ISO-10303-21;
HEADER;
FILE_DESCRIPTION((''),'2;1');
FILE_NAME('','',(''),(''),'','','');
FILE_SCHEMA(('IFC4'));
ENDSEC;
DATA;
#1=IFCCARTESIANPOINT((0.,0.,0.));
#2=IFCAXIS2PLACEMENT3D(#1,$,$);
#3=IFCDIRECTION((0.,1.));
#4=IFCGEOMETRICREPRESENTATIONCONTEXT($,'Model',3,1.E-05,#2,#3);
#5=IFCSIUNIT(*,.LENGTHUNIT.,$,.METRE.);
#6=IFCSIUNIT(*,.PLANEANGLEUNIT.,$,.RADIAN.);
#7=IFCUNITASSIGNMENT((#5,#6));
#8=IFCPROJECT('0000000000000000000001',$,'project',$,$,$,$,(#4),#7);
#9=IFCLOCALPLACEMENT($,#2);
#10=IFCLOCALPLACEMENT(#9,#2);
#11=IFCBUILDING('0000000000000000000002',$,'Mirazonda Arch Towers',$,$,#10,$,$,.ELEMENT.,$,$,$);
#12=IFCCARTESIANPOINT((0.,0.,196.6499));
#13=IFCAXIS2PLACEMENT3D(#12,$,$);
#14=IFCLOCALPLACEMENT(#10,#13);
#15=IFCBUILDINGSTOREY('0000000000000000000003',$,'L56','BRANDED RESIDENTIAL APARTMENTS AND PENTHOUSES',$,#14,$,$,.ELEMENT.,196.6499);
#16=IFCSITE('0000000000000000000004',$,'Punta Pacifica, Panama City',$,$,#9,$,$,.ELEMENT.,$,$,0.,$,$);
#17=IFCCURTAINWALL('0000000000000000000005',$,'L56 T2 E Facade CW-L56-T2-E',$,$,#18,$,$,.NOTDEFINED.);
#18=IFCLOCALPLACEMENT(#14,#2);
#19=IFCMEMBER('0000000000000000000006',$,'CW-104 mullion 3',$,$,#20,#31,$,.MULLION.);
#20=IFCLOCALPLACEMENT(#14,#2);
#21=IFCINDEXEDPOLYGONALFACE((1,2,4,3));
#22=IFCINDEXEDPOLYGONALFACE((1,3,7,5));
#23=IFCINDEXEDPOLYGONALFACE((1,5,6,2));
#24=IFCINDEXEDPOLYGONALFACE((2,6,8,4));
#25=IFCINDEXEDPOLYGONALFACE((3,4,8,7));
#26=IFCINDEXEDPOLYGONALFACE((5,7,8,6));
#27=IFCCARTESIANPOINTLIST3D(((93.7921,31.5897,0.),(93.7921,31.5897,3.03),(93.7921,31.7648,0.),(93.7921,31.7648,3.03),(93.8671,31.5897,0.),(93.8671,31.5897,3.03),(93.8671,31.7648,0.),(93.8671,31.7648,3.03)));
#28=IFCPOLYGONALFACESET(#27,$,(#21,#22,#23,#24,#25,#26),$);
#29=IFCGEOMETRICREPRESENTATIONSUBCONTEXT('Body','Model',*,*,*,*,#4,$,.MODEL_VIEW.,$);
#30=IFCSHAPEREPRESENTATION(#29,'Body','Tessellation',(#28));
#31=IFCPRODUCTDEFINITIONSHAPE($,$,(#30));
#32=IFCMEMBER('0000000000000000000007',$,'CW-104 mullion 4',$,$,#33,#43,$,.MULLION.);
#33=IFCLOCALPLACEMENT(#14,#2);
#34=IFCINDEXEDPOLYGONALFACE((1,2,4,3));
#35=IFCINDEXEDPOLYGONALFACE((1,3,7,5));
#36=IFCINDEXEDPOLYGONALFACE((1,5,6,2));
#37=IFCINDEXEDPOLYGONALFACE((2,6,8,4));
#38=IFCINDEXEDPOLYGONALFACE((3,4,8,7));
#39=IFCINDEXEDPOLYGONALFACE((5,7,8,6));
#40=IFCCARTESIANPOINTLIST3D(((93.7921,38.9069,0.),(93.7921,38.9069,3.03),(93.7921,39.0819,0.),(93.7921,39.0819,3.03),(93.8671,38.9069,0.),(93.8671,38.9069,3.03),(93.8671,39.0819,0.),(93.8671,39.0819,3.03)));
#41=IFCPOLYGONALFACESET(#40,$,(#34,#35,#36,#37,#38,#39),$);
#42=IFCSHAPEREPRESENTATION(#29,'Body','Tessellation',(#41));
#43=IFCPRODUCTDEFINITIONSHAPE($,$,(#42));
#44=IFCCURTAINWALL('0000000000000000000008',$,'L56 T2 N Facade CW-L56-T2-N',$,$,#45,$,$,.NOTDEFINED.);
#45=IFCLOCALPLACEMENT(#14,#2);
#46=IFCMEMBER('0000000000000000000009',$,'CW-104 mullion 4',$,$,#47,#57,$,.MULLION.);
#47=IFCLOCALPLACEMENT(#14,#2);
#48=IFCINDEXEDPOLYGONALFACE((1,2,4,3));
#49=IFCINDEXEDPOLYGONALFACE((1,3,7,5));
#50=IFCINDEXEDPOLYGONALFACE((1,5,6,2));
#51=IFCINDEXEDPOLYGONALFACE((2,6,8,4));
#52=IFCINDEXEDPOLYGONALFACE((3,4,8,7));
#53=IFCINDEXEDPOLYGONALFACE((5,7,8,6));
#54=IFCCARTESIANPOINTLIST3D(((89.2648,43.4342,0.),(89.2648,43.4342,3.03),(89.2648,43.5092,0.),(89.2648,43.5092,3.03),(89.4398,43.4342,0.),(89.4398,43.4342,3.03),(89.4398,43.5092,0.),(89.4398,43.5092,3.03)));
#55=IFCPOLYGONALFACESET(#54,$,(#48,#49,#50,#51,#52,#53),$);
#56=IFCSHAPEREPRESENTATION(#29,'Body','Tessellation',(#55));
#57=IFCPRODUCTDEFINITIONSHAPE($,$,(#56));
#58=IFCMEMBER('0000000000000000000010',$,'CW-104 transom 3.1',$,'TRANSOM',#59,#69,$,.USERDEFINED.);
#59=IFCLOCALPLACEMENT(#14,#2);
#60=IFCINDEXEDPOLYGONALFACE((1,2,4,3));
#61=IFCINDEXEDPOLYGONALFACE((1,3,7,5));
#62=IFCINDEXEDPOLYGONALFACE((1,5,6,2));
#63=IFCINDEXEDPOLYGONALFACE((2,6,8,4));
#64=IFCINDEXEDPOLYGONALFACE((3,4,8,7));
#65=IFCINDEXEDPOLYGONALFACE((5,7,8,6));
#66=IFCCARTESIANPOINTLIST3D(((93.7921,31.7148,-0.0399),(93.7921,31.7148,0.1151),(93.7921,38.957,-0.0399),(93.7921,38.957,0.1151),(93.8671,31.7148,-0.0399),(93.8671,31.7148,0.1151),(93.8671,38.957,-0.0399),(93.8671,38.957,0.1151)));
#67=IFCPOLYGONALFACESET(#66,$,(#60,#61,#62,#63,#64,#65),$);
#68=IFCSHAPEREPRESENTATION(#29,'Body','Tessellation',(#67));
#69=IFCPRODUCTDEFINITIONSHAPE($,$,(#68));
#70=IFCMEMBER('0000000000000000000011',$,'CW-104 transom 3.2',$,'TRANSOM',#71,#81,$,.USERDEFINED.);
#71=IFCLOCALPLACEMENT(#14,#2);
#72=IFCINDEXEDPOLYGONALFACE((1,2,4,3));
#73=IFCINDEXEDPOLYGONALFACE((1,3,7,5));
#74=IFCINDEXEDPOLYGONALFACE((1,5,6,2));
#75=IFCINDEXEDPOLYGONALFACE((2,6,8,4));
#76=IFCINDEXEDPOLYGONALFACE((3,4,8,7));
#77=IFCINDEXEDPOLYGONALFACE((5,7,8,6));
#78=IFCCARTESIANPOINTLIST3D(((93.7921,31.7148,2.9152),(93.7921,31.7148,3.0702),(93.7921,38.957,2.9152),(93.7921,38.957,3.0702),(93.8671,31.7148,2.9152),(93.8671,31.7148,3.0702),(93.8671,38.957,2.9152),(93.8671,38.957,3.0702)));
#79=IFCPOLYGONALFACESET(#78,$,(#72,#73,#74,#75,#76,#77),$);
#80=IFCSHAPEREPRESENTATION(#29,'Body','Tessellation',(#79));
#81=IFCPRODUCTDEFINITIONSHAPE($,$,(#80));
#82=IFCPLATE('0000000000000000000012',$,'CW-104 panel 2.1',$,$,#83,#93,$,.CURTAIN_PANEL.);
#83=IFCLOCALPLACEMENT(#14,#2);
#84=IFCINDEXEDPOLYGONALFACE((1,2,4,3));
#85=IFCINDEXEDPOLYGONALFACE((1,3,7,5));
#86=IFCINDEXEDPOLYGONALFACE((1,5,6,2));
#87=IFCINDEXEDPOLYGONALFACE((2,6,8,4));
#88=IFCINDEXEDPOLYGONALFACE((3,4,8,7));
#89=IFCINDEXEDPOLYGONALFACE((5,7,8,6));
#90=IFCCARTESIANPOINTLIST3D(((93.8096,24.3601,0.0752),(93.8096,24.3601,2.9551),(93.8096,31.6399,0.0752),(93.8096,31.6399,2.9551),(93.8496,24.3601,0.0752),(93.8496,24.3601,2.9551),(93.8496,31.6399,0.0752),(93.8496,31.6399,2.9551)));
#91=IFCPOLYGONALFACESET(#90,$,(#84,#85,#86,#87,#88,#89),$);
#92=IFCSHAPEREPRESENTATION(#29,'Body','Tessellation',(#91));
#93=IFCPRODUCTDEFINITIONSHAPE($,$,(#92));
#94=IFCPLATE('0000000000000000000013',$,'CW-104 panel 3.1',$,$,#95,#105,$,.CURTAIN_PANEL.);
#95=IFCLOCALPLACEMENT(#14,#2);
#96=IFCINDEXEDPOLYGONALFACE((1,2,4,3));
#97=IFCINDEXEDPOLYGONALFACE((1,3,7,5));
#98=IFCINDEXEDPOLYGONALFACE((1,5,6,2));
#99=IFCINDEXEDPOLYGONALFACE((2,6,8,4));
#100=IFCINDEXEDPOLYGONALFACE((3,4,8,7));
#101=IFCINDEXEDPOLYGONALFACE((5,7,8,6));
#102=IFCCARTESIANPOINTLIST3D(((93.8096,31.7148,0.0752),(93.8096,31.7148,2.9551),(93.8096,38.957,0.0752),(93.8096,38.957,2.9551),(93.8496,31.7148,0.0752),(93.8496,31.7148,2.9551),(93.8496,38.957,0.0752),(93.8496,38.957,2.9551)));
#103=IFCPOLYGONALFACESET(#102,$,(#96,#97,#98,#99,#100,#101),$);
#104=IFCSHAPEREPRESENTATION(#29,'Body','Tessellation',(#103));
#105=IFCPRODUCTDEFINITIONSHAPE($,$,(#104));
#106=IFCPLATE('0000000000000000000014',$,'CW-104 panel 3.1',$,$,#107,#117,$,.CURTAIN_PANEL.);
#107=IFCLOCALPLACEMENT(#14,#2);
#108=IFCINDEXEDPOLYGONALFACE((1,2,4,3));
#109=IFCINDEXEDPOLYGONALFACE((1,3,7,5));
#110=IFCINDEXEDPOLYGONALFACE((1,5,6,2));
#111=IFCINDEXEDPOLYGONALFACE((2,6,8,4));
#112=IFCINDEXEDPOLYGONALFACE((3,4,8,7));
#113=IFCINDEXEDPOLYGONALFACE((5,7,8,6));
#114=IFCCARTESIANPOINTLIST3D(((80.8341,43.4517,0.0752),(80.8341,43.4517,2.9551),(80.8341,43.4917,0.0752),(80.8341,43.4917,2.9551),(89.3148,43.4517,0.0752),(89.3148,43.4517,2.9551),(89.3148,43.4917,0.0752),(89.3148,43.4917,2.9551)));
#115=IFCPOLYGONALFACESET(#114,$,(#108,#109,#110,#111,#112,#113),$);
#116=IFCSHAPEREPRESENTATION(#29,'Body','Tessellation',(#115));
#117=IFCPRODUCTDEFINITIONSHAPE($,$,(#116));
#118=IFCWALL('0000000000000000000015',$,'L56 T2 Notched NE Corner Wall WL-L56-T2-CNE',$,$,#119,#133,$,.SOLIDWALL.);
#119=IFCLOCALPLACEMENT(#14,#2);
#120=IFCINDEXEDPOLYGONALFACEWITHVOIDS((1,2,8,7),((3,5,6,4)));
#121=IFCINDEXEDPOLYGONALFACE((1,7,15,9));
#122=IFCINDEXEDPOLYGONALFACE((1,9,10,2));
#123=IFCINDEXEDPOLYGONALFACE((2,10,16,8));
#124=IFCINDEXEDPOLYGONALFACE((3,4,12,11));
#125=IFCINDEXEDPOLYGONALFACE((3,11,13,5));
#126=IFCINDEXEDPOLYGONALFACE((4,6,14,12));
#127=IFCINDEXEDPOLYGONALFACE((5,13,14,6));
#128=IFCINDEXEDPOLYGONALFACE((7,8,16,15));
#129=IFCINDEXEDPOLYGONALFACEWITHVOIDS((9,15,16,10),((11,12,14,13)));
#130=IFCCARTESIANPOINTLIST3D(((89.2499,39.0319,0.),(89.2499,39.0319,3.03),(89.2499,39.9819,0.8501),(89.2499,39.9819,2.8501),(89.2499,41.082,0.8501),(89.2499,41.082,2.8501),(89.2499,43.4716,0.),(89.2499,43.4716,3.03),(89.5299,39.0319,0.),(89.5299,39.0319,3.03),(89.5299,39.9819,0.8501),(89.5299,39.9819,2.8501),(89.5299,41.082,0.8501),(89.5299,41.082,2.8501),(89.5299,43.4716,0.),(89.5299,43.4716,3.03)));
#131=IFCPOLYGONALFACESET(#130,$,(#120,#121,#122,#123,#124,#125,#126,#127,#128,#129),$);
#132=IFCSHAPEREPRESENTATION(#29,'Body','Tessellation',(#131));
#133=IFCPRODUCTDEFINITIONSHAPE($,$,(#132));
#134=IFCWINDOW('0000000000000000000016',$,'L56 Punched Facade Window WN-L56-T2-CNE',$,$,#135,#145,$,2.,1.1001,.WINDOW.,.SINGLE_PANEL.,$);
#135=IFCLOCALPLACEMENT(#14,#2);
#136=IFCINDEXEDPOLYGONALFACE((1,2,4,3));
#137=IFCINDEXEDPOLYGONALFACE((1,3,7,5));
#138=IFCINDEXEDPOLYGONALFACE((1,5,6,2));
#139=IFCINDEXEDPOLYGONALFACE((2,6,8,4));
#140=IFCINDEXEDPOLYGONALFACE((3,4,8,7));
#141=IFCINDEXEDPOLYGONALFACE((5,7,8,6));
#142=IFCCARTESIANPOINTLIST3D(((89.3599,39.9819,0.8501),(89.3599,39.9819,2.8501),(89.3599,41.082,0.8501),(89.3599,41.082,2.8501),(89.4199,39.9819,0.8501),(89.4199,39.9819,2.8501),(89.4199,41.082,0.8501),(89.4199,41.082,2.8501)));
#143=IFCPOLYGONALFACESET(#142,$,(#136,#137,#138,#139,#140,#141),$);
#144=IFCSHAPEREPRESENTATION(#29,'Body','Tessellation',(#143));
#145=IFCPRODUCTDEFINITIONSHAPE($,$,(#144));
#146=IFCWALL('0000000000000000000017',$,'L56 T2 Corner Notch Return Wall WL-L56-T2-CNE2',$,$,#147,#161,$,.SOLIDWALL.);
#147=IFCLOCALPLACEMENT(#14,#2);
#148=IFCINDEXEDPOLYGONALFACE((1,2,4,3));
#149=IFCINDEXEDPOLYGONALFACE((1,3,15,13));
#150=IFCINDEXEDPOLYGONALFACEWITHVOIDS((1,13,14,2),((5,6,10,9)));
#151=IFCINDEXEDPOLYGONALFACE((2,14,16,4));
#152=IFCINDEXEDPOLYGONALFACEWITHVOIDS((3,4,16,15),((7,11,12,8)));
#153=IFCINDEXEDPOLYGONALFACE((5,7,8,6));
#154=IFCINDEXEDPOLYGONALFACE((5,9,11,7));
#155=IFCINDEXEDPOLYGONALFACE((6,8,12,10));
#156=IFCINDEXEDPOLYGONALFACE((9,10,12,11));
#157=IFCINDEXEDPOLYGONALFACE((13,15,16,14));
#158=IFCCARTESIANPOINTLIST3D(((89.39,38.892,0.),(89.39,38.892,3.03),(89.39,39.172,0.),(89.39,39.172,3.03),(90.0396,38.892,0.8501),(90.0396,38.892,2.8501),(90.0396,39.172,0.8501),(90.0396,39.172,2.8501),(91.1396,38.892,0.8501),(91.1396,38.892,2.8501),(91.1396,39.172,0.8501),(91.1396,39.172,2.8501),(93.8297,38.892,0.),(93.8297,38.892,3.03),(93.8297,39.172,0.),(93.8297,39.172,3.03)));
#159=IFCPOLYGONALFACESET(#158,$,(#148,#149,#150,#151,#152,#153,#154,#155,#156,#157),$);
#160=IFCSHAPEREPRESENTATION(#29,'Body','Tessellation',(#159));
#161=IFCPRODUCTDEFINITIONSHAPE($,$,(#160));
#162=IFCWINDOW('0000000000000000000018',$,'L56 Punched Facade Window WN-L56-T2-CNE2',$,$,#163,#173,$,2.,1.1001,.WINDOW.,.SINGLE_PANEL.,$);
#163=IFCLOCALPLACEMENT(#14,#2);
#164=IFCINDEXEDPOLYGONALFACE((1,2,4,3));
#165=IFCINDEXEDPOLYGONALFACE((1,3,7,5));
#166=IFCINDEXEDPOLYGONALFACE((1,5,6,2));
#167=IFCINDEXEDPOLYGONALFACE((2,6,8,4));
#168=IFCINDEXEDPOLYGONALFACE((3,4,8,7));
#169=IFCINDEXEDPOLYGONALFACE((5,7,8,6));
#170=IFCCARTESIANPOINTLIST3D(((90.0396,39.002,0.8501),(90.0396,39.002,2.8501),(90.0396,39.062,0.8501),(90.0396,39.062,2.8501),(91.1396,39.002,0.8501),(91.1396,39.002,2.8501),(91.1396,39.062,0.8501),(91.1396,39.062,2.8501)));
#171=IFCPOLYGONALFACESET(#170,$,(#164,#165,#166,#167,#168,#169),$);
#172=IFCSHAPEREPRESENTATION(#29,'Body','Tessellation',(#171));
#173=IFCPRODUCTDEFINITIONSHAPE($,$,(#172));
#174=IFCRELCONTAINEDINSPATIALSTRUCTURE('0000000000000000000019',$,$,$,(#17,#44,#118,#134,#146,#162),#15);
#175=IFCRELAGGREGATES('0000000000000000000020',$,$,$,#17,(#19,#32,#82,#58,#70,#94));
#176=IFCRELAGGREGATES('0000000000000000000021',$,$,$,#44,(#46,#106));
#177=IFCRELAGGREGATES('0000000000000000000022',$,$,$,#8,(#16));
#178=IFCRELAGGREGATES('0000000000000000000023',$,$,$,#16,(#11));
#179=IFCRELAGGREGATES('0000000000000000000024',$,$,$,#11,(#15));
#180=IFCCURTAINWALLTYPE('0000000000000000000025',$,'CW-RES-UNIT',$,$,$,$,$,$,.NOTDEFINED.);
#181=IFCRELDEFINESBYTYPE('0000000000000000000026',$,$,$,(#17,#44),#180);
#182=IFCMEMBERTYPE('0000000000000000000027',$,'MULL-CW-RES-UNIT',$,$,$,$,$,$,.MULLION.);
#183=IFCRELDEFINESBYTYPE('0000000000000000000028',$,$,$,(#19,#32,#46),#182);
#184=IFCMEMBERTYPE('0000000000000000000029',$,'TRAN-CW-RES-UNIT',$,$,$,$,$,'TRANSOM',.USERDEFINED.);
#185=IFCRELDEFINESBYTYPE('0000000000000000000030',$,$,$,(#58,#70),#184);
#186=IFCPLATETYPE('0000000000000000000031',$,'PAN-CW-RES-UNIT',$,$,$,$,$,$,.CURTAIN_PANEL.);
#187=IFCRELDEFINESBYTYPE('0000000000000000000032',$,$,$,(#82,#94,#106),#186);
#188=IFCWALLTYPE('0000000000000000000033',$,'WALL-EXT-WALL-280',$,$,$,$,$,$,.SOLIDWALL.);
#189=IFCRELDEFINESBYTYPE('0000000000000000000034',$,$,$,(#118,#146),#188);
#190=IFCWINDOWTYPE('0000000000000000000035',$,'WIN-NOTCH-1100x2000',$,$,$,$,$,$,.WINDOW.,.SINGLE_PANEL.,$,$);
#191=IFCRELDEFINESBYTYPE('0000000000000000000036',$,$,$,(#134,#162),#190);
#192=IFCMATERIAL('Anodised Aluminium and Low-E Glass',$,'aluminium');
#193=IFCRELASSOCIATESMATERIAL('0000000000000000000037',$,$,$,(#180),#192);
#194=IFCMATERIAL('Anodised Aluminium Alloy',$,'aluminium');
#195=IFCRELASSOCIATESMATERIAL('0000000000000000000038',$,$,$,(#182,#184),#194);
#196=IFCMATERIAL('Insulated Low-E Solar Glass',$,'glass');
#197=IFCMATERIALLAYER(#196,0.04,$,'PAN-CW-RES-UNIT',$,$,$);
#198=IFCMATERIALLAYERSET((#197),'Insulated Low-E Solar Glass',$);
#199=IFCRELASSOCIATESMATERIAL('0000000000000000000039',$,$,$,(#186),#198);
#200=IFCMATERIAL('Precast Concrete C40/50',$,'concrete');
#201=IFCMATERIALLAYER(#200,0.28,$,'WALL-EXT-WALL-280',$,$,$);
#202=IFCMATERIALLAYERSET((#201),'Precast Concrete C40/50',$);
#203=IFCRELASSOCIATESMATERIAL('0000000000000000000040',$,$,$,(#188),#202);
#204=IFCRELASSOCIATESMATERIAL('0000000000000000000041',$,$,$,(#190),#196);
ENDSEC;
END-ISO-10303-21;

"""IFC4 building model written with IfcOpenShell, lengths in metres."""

from ifc_helpers import new_model, si_unit, direction, frame, frame_2d, origin, origin_2d, place, context, subcontext, project, spatial, rectangle, extrude, material, layer, layer_set, material_profile, profile_set, type_object, element, fill, aggregate, save


model = new_model("IFC4")

# Units and contexts
model_context = context("Model", 3, precision=1e-05, world=origin(), true_north=direction((0.0, 1.0)))
body_context = subcontext(model_context, "Body", "Model", "MODEL_VIEW")
ifc_project = project(units=[si_unit("LENGTHUNIT", "METRE"), si_unit("PLANEANGLEUNIT", "RADIAN")], contexts=[model_context])

# Site, building, storey
site_placement = place(None, origin())
site = spatial("IfcSite", under=ifc_project, at=site_placement, Name="Punta Pacifica, Panama City", CompositionType="ELEMENT", RefElevation=0.0)
building_placement = place(site_placement, origin())
building = spatial("IfcBuilding", under=site, at=building_placement, Name="Mirazonda Arch Towers", CompositionType="ELEMENT")
storey_placement = place(building_placement, frame((0.0, 0.0, 196.6499)))
storey = spatial("IfcBuildingStorey", under=building, at=storey_placement, Name="L56", Description="BRANDED RESIDENTIAL APARTMENTS AND PENTHOUSES", CompositionType="ELEMENT", Elevation=196.6499)

# Curtain wall, members
ifc_material_1 = material(Name="Anodised Aluminium and Low-E Glass", Category="aluminium")
curtain_wall_type = type_object("IfcCurtainWallType", Name="CW-RES-UNIT", PredefinedType="NOTDEFINED", material=ifc_material_1)
curtain_wall_1_placement = place(storey_placement, origin())
curtain_wall_1 = element("IfcCurtainWall", 1, at=curtain_wall_1_placement, inside=storey, type_object=curtain_wall_type, Name="L56 T2 E Facade CW-L56-T2-E", PredefinedType="NOTDEFINED")
ifc_material_2 = material(Name="Anodised Aluminium Alloy", Category="aluminium")
ifc_material_profile_1 = material_profile(ifc_material_2, rectangle(XDim=0.075, YDim=0.175, at=origin_2d()), Name="ALU-MULL-75x175")
ifc_profile_set_1 = profile_set([ifc_material_profile_1], Name="Anodised Aluminium Alloy")
member_type_1 = type_object("IfcMemberType", Name="MULL-CW-RES-UNIT", PredefinedType="MULLION", material=ifc_profile_set_1)
member_1_placement = place(storey_placement, frame((93.8296, 31.6772, 0.0), z_axis=(0.0, 0.0, 1.0), x_axis=(-1.0, 0.0, 0.0)))
member_1 = element("IfcMember", 2, at=member_1_placement, type_object=member_type_1, Name="CW-104 mullion 3", PredefinedType="MULLION", context=body_context, shape_type="SweptSolid", body=[
    extrude(rectangle(XDim=0.075, YDim=0.175, at=origin_2d()), origin(), (0.0, 0.0, 1.0), 3.03),
])
member_2_placement = place(storey_placement, frame((93.8296, 38.9944, 0.0), z_axis=(0.0, 0.0, 1.0), x_axis=(-1.0, 0.0, 0.0)))
member_2 = element("IfcMember", 3, at=member_2_placement, type_object=member_type_1, Name="CW-104 mullion 4", PredefinedType="MULLION", context=body_context, shape_type="SweptSolid", body=[
    extrude(rectangle(XDim=0.075, YDim=0.175, at=origin_2d()), origin(), (0.0, 0.0, 1.0), 3.03),
])

# Curtain wall, member
curtain_wall_2_placement = place(storey_placement, origin())
curtain_wall_2 = element("IfcCurtainWall", 4, at=curtain_wall_2_placement, inside=storey, type_object=curtain_wall_type, Name="L56 T2 N Facade CW-L56-T2-N", PredefinedType="NOTDEFINED")
member_3_placement = place(storey_placement, frame((89.3523, 43.4717, 0.0), z_axis=(0.0, 0.0, 1.0), x_axis=(0.0, 1.0, 0.0)))
member_3 = element("IfcMember", 5, at=member_3_placement, type_object=member_type_1, Name="CW-104 mullion 4", PredefinedType="MULLION", context=body_context, shape_type="SweptSolid", body=[
    extrude(rectangle(XDim=0.075, YDim=0.175, at=origin_2d()), origin(), (0.0, 0.0, 1.0), 3.03),
])

# Members
ifc_material_profile_2 = material_profile(ifc_material_2, rectangle(XDim=0.075, YDim=0.155, at=origin_2d()), Name="ALU-TRAN-75x155")
ifc_profile_set_2 = profile_set([ifc_material_profile_2], Name="Anodised Aluminium Alloy")
member_type_2 = type_object("IfcMemberType", Name="TRAN-CW-RES-UNIT", ElementType="TRANSOM", PredefinedType="USERDEFINED", material=ifc_profile_set_2)
member_4_placement = place(storey_placement, frame((93.8296, 31.7148, 0.0376), z_axis=(0.0, 1.0, 0.0), x_axis=(-1.0, 0.0, 0.0)))
member_4 = element("IfcMember", 6, at=member_4_placement, type_object=member_type_2, Name="CW-104 transom 3.1", ObjectType="TRANSOM", PredefinedType="USERDEFINED", context=body_context, shape_type="SweptSolid", body=[
    extrude(rectangle(XDim=0.075, YDim=0.155, at=origin_2d()), origin(), (0.0, 0.0, 1.0), 7.2422),
])
member_5_placement = place(storey_placement, frame((93.8296, 31.7148, 2.9927), z_axis=(0.0, 1.0, 0.0), x_axis=(-1.0, 0.0, 0.0)))
member_5 = element("IfcMember", 7, at=member_5_placement, type_object=member_type_2, Name="CW-104 transom 3.2", ObjectType="TRANSOM", PredefinedType="USERDEFINED", context=body_context, shape_type="SweptSolid", body=[
    extrude(rectangle(XDim=0.075, YDim=0.155, at=origin_2d()), origin(), (0.0, 0.0, 1.0), 7.2422),
])

# Plates
ifc_material_3 = material(Name="Insulated Low-E Solar Glass", Category="glass")
ifc_layer_1 = layer(ifc_material_3, 0.04, Name="PAN-CW-RES-UNIT")
ifc_layer_set_1 = layer_set([ifc_layer_1], Name="Insulated Low-E Solar Glass")
plate_type = type_object("IfcPlateType", Name="PAN-CW-RES-UNIT", PredefinedType="CURTAIN_PANEL", material=ifc_layer_set_1)
plate_1_placement = place(storey_placement, frame((93.8296, 28.0, 0.0752), z_axis=(0.0, 0.0, 1.0), x_axis=(0.0, 1.0, 0.0)))
plate_1 = element("IfcPlate", 8, at=plate_1_placement, type_object=plate_type, Name="CW-104 panel 2.1", PredefinedType="CURTAIN_PANEL", context=body_context, shape_type="SweptSolid", body=[
    extrude(rectangle(XDim=7.2798, YDim=0.04, at=origin_2d()), origin(), (0.0, 0.0, 1.0), 2.8799),
])
plate_2_placement = place(storey_placement, frame((93.8296, 35.3359, 0.0752), z_axis=(0.0, 0.0, 1.0), x_axis=(0.0, 1.0, 0.0)))
plate_2 = element("IfcPlate", 9, at=plate_2_placement, type_object=plate_type, Name="CW-104 panel 3.1", PredefinedType="CURTAIN_PANEL", context=body_context, shape_type="SweptSolid", body=[
    extrude(rectangle(XDim=7.2422, YDim=0.04, at=origin_2d()), origin(), (0.0, 0.0, 1.0), 2.8799),
])
aggregate(curtain_wall_1, [member_1, member_2, plate_1, member_4, member_5, plate_2])
plate_3_placement = place(storey_placement, frame((85.0745, 43.4717, 0.0752), z_axis=(0.0, 0.0, 1.0), x_axis=(1.0, 0.0, 0.0)))
plate_3 = element("IfcPlate", 10, at=plate_3_placement, type_object=plate_type, Name="CW-104 panel 3.1", PredefinedType="CURTAIN_PANEL", context=body_context, shape_type="SweptSolid", body=[
    extrude(rectangle(XDim=8.4807, YDim=0.04, at=origin_2d()), origin(), (0.0, 0.0, 1.0), 2.8799),
])
aggregate(curtain_wall_2, [member_3, plate_3])

# Walls, openings, windows
ifc_material_4 = material(Name="Precast Concrete C40/50", Category="concrete")
ifc_layer_2 = layer(ifc_material_4, 0.28, Name="WALL-EXT-WALL-280")
ifc_layer_set_2 = layer_set([ifc_layer_2], Name="Precast Concrete C40/50")
wall_type_1 = type_object("IfcWallType", Name="WALL-EXT-WALL-280", PredefinedType="SOLIDWALL", material=ifc_layer_set_2)
wall_1_placement = place(storey_placement, frame((89.3899, 39.032, 0.0), z_axis=(0.0, 0.0, 1.0), x_axis=(0.0, 1.0, 0.0)))
wall_1 = element("IfcWall", 11, at=wall_1_placement, inside=storey, type_object=wall_type_1, Name="L56 T2 Notched NE Corner Wall WL-L56-T2-CNE", PredefinedType="SOLIDWALL", context=body_context, shape_type="SweptSolid", body=[
    extrude(rectangle(XDim=4.4397, YDim=0.28, at=frame_2d((2.2197, 0.0))), origin(), (0.0, 0.0, 1.0), 3.03),
])
opening_1_placement = place(wall_1_placement, frame((0.95, 0.0, 0.8501)))
opening_1 = element("IfcOpeningElement", 12, at=opening_1_placement, cuts=wall_1, PredefinedType="OPENING", context=body_context, shape_type="SweptSolid", body=[
    extrude(rectangle(XDim=1.1001, YDim=2.0, at=frame_2d((0.55, 1.0))), frame((0.0, 0.1499, 0.0), z_axis=(0.0, -1.0, 0.0), x_axis=(1.0, 0.0, 0.0)), (0.0, 0.0, 1.0), 0.3),
])
window_type = type_object("IfcWindowType", Name="WIN-NOTCH-1100x2000", PartitioningType="SINGLE_PANEL", PredefinedType="WINDOW", material=ifc_material_3)
window_1_placement = place(opening_1_placement, origin())
window_1 = element("IfcWindow", 13, at=window_1_placement, inside=storey, type_object=window_type, Name="L56 Punched Facade Window WN-L56-T2-CNE", OverallHeight=2.0, OverallWidth=1.1001, PartitioningType="SINGLE_PANEL", PredefinedType="WINDOW", context=body_context, shape_type="SweptSolid", body=[
    extrude(rectangle(XDim=1.1001, YDim=2.0, at=frame_2d((0.55, 1.0))), frame((0.0, 0.03, 0.0), z_axis=(0.0, -1.0, 0.0), x_axis=(1.0, 0.0, 0.0)), (0.0, 0.0, 1.0), 0.0601),
])
fill(opening_1, window_1)
wall_2_placement = place(storey_placement, frame((93.8296, 39.032, 0.0), z_axis=(0.0, 0.0, 1.0), x_axis=(-1.0, 0.0, 0.0)))
wall_2 = element("IfcWall", 14, at=wall_2_placement, inside=storey, type_object=wall_type_1, Name="L56 T2 Corner Notch Return Wall WL-L56-T2-CNE2", PredefinedType="SOLIDWALL", context=body_context, shape_type="SweptSolid", body=[
    extrude(rectangle(XDim=4.4397, YDim=0.28, at=frame_2d((2.2197, 0.0))), origin(), (0.0, 0.0, 1.0), 3.03),
])
opening_2_placement = place(wall_2_placement, frame((2.6899, 0.0, 0.8501)))
opening_2 = element("IfcOpeningElement", 15, at=opening_2_placement, cuts=wall_2, PredefinedType="OPENING", context=body_context, shape_type="SweptSolid", body=[
    extrude(rectangle(XDim=1.1001, YDim=2.0, at=frame_2d((0.55, 1.0))), frame((0.0, 0.1499, 0.0), z_axis=(0.0, -1.0, 0.0), x_axis=(1.0, 0.0, 0.0)), (0.0, 0.0, 1.0), 0.3),
])
window_2_placement = place(opening_2_placement, origin())
window_2 = element("IfcWindow", 16, at=window_2_placement, inside=storey, type_object=window_type, Name="L56 Punched Facade Window WN-L56-T2-CNE2", OverallHeight=2.0, OverallWidth=1.1001, PartitioningType="SINGLE_PANEL", PredefinedType="WINDOW", context=body_context, shape_type="SweptSolid", body=[
    extrude(rectangle(XDim=1.1001, YDim=2.0, at=frame_2d((0.55, 1.0))), frame((0.0, 0.03, 0.0), z_axis=(0.0, -1.0, 0.0), x_axis=(1.0, 0.0, 0.0)), (0.0, 0.0, 1.0), 0.0601),
])
fill(opening_2, window_2)

save(model, "model.ifc")
